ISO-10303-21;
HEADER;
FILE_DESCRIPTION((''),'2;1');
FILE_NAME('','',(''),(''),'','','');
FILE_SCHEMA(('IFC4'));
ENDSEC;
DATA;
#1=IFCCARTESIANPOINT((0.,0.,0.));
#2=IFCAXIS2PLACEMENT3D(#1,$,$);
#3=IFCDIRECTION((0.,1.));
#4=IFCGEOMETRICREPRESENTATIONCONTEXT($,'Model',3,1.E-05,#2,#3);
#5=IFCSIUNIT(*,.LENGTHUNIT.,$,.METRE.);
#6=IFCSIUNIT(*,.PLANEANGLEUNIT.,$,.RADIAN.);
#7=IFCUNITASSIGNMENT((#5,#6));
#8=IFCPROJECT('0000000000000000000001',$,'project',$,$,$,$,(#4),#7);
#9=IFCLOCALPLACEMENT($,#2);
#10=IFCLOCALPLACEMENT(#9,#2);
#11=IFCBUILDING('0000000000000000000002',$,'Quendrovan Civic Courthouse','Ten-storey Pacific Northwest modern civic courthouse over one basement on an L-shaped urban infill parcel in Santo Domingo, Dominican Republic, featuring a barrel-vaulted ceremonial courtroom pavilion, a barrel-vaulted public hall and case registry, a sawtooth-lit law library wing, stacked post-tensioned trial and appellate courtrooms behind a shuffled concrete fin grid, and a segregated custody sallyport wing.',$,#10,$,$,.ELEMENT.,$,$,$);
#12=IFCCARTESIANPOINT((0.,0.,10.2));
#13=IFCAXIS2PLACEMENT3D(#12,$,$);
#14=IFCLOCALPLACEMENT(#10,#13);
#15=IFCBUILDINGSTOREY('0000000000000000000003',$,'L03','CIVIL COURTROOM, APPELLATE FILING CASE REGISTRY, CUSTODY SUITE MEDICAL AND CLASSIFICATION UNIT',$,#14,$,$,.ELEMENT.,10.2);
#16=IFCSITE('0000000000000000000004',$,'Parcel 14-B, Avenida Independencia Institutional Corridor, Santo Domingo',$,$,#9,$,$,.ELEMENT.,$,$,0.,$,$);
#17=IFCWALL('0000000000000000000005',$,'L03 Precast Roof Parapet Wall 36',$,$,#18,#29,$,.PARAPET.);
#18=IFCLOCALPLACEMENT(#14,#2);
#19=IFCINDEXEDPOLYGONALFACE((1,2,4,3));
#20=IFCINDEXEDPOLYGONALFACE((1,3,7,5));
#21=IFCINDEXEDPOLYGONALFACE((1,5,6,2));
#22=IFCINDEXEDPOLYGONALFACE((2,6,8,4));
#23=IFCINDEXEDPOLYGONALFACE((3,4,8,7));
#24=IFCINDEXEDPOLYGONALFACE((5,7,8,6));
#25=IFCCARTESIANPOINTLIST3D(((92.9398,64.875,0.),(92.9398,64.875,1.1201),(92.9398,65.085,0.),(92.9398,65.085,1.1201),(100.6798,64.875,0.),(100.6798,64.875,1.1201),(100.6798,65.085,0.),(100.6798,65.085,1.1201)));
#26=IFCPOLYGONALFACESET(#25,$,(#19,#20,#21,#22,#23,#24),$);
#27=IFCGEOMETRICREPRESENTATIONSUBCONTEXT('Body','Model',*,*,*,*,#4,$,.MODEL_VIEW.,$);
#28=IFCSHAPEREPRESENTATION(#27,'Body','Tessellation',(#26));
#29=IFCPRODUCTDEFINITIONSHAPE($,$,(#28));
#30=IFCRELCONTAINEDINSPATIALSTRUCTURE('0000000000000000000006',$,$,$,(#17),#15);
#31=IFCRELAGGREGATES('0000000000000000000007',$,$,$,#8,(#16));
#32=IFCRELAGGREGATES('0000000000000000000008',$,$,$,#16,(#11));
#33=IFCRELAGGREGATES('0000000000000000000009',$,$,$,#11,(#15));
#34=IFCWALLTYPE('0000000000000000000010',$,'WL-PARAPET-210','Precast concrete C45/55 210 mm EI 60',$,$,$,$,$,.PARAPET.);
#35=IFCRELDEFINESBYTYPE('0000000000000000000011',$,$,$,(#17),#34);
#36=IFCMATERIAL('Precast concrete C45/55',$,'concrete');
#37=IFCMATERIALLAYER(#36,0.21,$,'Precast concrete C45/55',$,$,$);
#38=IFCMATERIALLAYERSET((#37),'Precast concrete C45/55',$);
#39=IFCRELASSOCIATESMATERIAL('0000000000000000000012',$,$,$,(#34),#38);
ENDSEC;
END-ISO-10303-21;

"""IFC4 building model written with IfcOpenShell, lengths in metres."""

from ifc_helpers import new_model, si_unit, direction, frame, frame_2d, origin, place, context, subcontext, project, spatial, rectangle, extrude, material, layer, layer_set, type_object, element, save


model = new_model("IFC4")

# Units and contexts
model_context = context("Model", 3, precision=1e-05, world=origin(), true_north=direction((0.0, 1.0)))
body_context = subcontext(model_context, "Body", "Model", "MODEL_VIEW")
ifc_project = project(units=[si_unit("LENGTHUNIT", "METRE"), si_unit("PLANEANGLEUNIT", "RADIAN")], contexts=[model_context])

# Site, building, storey
site_placement = place(None, origin())
site = spatial("IfcSite", under=ifc_project, at=site_placement, Name="Parcel 14-B, Avenida Independencia Institutional Corridor, Santo Domingo", CompositionType="ELEMENT", RefElevation=0.0)
building_placement = place(site_placement, origin())
building = spatial("IfcBuilding", under=site, at=building_placement, Name="Quendrovan Civic Courthouse", Description="Ten-storey Pacific Northwest modern civic courthouse over one basement on an L-shaped urban infill parcel in Santo Domingo, Dominican Republic, featuring a barrel-vaulted ceremonial courtroom pavilion, a barrel-vaulted public hall and case registry, a sawtooth-lit law library wing, stacked post-tensioned trial and appellate courtrooms behind a shuffled concrete fin grid, and a segregated custody sallyport wing.", CompositionType="ELEMENT")
storey_placement = place(building_placement, frame((0.0, 0.0, 10.2)))
storey = spatial("IfcBuildingStorey", under=building, at=storey_placement, Name="L03", Description="CIVIL COURTROOM, APPELLATE FILING CASE REGISTRY, CUSTODY SUITE MEDICAL AND CLASSIFICATION UNIT", CompositionType="ELEMENT", Elevation=10.2)

# Wall
ifc_material_1 = material(Name="Precast concrete C45/55", Category="concrete")
ifc_layer_1 = layer(ifc_material_1, 0.21, Name="Precast concrete C45/55")
ifc_layer_set_1 = layer_set([ifc_layer_1], Name="Precast concrete C45/55")
wall_type_1 = type_object("IfcWallType", Name="WL-PARAPET-210", Description="Precast concrete C45/55 210 mm EI 60", PredefinedType="PARAPET", material=ifc_layer_set_1)
wall_1_placement = place(storey_placement, frame((100.6799, 64.98, 0.0), z_axis=(0.0, 0.0, 1.0), x_axis=(-1.0, 0.0, 0.0)))
element("IfcWall", 1, at=wall_1_placement, inside=storey, type_object=wall_type_1, Name="L03 Precast Roof Parapet Wall 36", PredefinedType="PARAPET", context=body_context, shape_type="SweptSolid", body=[
    extrude(rectangle(XDim=7.74, YDim=0.21, at=frame_2d((3.8701, 0.0))), origin(), (0.0, 0.0, 1.0), 1.1201),
])

save(model, "model.ifc")
